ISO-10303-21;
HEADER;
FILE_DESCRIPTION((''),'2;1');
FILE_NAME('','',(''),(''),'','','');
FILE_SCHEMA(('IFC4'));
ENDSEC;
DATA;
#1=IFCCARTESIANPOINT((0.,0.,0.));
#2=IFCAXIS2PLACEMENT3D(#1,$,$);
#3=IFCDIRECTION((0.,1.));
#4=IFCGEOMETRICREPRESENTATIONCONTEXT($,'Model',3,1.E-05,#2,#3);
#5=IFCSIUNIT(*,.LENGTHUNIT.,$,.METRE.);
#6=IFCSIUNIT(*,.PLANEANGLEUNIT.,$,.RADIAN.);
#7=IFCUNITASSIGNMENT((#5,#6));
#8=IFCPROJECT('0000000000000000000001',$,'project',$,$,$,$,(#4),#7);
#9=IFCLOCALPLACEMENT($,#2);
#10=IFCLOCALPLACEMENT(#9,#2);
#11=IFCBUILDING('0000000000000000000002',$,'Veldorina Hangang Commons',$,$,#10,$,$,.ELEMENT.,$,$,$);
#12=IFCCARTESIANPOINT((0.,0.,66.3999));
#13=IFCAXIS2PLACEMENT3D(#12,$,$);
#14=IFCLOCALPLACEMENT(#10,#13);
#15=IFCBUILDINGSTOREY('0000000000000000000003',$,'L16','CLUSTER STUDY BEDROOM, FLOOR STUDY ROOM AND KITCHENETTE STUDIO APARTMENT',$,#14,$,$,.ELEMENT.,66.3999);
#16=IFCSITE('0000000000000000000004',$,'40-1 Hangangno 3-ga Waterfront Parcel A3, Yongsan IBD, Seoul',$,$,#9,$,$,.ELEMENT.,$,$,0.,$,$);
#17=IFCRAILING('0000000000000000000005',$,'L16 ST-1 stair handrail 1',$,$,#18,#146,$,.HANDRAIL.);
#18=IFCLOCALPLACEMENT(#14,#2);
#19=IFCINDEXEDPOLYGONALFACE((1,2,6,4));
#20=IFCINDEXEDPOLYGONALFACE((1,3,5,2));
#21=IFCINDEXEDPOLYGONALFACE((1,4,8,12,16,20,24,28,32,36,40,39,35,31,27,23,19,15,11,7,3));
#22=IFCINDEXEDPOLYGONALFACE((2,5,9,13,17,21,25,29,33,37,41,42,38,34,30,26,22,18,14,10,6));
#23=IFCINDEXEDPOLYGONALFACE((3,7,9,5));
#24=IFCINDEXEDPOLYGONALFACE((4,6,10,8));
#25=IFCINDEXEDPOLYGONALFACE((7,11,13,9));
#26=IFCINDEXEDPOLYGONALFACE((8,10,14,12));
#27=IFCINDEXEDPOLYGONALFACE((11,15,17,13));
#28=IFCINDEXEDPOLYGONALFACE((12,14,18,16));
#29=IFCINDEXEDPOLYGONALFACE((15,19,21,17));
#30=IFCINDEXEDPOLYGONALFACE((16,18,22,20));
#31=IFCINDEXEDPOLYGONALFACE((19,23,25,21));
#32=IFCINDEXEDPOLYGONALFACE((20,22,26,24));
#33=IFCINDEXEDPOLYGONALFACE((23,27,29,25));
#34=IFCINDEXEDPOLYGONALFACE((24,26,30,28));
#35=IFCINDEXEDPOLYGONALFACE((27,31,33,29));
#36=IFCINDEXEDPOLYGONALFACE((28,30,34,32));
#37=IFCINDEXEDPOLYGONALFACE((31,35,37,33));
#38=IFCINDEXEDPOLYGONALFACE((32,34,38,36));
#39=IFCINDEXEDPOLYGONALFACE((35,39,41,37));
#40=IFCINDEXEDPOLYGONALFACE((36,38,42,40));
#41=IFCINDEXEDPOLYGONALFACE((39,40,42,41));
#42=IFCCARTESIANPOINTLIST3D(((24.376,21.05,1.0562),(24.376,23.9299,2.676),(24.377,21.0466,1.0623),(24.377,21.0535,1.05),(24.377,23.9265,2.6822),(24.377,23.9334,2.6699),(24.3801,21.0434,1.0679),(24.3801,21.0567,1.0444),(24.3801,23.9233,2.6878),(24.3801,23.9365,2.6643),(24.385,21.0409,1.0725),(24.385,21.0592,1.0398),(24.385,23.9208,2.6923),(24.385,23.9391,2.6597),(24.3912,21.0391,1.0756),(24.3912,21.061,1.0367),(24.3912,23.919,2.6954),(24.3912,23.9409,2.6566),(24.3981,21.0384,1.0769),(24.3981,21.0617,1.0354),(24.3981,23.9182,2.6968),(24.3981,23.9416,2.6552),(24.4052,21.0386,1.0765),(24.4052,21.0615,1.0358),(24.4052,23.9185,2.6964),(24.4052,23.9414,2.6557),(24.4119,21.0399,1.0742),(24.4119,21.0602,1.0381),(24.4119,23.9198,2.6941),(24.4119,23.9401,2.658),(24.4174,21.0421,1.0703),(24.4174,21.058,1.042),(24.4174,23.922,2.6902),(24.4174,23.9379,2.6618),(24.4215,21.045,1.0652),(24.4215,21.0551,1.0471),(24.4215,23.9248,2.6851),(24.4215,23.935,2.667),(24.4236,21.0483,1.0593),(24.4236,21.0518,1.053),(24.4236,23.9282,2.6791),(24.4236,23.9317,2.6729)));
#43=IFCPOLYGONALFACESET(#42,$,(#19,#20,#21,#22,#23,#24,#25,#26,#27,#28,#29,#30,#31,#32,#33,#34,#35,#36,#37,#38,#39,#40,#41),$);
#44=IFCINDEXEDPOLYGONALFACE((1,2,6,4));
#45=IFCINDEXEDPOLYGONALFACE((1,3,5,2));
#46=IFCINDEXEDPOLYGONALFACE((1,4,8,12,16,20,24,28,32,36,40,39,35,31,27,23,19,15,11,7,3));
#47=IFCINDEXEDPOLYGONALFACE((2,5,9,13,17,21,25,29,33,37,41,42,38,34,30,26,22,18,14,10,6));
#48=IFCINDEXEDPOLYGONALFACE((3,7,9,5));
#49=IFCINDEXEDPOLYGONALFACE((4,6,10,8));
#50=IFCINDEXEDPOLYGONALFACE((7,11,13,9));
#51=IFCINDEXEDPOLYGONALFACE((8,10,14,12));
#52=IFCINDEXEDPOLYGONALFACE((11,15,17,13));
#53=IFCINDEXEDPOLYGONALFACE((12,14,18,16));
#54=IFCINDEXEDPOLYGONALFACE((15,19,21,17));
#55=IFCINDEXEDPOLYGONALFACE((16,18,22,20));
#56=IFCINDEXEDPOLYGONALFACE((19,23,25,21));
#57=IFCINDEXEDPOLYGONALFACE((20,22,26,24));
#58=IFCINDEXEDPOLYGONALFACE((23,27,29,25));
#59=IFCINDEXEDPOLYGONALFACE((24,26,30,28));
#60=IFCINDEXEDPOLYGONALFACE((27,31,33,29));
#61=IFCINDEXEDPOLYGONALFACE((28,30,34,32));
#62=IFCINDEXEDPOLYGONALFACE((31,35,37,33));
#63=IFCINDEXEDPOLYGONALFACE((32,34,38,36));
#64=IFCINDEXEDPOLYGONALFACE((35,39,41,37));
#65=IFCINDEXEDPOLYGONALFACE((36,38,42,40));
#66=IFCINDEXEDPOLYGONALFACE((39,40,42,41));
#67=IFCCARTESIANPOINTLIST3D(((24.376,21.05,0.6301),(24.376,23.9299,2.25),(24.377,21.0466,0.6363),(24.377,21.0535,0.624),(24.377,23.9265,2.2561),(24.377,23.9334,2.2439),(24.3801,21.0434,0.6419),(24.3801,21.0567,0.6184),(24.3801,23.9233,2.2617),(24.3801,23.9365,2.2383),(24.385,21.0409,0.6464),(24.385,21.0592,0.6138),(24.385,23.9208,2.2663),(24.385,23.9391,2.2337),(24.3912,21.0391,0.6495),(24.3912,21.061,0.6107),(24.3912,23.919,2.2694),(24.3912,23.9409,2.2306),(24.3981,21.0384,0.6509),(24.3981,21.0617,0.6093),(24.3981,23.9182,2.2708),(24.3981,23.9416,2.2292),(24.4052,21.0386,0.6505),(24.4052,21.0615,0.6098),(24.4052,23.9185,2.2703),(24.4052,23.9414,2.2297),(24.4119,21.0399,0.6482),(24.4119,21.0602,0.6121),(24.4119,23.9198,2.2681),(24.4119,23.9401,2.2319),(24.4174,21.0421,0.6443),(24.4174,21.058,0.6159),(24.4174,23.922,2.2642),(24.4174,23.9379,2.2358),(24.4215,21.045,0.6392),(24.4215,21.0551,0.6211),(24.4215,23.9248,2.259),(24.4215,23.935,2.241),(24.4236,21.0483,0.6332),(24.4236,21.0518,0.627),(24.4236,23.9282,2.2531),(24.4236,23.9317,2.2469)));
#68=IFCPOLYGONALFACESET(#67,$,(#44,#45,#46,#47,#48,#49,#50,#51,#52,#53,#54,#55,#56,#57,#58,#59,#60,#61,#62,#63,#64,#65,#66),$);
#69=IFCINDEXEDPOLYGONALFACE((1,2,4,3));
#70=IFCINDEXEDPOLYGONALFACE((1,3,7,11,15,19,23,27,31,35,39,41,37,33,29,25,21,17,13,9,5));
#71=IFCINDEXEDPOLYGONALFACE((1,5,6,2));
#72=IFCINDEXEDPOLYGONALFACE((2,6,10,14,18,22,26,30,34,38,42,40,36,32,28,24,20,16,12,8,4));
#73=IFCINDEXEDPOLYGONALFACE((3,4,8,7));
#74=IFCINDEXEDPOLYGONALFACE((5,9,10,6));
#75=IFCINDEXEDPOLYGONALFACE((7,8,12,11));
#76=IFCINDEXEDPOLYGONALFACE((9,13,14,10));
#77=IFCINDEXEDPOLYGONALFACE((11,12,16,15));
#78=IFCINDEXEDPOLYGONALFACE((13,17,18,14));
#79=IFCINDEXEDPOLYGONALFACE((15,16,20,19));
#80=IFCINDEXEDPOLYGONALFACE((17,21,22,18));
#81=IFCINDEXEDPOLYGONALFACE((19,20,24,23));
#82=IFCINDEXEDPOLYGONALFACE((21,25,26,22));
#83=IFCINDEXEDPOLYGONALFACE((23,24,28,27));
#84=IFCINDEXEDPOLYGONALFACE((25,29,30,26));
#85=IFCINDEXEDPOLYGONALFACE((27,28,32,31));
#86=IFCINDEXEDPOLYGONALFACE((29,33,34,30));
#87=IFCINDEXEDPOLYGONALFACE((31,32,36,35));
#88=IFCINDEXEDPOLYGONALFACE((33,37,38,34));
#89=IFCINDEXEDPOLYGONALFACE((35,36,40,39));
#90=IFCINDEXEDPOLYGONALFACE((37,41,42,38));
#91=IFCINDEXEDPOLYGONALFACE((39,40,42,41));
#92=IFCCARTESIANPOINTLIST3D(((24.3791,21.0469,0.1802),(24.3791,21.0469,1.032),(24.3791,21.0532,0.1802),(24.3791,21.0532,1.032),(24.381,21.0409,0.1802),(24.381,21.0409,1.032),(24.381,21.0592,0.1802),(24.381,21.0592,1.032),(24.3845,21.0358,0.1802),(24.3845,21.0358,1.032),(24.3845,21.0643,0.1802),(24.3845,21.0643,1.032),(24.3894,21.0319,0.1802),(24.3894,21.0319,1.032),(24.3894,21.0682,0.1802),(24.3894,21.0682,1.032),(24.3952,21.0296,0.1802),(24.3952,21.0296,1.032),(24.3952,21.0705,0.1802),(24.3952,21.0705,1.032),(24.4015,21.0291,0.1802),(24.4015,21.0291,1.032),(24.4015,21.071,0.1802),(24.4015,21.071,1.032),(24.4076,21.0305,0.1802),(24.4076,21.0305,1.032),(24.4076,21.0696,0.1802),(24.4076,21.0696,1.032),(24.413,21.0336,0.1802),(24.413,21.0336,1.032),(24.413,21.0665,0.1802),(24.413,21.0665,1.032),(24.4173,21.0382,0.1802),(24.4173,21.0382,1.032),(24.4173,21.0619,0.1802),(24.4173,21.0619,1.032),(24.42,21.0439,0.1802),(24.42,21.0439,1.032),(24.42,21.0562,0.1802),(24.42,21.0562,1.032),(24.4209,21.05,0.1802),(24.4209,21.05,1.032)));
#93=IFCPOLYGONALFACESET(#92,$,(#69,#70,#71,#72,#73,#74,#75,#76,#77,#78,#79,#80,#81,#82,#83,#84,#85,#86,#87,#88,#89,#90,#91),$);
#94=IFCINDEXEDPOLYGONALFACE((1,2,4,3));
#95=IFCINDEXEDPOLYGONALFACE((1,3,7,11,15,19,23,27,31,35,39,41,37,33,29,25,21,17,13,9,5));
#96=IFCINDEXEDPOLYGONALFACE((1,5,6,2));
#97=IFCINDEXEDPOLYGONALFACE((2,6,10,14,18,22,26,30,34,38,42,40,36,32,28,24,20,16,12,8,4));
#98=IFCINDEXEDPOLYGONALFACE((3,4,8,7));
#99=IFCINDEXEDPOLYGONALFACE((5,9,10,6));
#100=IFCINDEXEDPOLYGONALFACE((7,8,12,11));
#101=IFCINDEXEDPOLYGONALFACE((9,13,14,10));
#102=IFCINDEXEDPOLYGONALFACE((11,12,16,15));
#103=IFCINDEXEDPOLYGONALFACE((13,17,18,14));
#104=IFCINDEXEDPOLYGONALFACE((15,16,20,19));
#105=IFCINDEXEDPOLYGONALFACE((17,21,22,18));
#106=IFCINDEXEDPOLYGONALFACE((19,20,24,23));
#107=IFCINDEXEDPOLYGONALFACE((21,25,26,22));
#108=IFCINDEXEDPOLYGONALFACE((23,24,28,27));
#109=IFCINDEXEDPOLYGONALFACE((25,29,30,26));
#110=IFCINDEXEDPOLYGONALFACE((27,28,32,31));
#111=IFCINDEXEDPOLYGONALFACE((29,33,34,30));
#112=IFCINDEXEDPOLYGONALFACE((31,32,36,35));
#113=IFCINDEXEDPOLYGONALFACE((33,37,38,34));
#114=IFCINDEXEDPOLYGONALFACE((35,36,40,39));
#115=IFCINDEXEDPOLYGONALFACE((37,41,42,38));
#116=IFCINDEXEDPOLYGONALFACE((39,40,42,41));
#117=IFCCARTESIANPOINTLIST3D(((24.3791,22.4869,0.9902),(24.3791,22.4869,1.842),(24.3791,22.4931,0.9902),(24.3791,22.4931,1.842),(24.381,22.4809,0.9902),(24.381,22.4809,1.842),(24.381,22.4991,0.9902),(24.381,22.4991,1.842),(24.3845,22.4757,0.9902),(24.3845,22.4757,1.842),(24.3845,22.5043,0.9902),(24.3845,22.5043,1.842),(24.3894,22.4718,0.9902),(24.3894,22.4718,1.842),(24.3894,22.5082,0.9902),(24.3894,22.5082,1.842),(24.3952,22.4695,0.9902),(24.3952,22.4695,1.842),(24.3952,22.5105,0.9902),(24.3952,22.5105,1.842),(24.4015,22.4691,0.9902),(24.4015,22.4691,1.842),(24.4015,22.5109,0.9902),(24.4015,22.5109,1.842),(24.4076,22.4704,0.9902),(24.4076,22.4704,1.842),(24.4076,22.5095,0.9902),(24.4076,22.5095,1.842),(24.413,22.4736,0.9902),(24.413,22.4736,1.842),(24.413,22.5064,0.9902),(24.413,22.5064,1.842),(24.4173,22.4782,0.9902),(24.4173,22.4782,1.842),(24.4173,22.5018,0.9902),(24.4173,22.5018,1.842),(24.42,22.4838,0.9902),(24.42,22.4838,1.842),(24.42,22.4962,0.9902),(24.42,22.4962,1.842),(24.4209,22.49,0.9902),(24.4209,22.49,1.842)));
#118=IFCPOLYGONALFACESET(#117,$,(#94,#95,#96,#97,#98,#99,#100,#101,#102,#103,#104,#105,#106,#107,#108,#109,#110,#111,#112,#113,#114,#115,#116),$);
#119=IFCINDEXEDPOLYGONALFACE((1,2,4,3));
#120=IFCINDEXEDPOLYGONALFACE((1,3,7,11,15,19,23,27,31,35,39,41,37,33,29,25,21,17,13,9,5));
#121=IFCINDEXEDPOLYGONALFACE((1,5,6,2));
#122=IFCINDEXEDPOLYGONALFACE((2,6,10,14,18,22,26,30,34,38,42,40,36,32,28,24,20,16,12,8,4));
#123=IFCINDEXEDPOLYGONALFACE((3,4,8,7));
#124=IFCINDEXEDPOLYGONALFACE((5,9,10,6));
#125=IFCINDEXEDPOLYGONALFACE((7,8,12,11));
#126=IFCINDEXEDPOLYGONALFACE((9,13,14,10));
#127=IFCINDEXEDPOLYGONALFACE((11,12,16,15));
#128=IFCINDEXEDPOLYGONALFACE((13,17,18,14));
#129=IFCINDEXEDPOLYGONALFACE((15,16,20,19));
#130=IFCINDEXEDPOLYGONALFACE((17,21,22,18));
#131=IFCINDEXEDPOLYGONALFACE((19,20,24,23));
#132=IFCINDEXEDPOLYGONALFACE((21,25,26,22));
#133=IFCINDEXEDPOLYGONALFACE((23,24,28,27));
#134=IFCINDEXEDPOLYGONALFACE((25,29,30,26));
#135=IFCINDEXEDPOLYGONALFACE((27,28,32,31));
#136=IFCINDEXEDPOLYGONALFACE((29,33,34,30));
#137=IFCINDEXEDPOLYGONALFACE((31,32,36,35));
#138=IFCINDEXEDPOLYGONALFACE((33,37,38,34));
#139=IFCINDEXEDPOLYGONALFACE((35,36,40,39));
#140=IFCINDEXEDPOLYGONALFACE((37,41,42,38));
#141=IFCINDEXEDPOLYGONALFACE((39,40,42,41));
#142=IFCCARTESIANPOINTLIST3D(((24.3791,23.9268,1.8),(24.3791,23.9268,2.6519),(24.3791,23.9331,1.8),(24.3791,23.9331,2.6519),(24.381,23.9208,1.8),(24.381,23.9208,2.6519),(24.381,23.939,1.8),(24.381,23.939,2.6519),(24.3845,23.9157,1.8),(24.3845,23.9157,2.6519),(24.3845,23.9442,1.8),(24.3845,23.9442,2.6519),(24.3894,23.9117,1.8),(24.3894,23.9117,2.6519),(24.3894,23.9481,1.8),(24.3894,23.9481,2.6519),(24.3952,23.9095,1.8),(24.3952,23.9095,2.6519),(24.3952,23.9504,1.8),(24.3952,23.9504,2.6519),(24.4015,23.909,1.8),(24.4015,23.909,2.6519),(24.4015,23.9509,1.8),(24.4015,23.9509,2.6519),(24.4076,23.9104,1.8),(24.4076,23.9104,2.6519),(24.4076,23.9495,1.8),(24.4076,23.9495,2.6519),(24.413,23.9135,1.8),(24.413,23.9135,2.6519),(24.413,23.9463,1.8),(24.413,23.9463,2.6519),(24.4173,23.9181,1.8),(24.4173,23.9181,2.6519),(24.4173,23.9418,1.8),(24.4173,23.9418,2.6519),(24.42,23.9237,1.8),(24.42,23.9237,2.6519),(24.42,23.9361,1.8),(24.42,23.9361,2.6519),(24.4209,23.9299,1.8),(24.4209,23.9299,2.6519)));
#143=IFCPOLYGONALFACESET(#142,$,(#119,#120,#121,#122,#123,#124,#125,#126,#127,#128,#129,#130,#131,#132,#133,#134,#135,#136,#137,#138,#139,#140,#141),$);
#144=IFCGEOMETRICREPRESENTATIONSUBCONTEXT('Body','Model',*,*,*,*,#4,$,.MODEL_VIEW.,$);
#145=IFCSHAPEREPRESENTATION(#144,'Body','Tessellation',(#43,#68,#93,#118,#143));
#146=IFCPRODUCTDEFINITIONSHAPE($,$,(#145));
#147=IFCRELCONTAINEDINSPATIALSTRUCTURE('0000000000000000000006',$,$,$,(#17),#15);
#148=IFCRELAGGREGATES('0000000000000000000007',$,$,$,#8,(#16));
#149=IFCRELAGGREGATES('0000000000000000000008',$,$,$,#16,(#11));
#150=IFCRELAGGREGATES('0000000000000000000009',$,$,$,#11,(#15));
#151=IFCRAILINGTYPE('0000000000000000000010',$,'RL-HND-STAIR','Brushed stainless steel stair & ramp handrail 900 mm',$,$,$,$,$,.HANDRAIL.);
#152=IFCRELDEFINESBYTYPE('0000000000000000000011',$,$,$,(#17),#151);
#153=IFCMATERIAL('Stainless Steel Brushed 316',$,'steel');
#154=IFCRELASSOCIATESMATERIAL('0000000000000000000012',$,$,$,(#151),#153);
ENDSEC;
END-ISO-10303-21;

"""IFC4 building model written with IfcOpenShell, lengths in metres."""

from ifc_helpers import new_model, si_unit, direction, frame, origin, origin_2d, place, context, subcontext, project, spatial, circle, extrude, material, type_object, element, save


model = new_model("IFC4")

# Units and contexts
model_context = context("Model", 3, precision=1e-05, world=origin(), true_north=direction((0.0, 1.0)))
body_context = subcontext(model_context, "Body", "Model", "MODEL_VIEW")
ifc_project = project(units=[si_unit("LENGTHUNIT", "METRE"), si_unit("PLANEANGLEUNIT", "RADIAN")], contexts=[model_context])

# Site, building, storey
site_placement = place(None, origin())
site = spatial("IfcSite", under=ifc_project, at=site_placement, Name="40-1 Hangangno 3-ga Waterfront Parcel A3, Yongsan IBD, Seoul", CompositionType="ELEMENT", RefElevation=0.0)
building_placement = place(site_placement, origin())
building = spatial("IfcBuilding", under=site, at=building_placement, Name="Veldorina Hangang Commons", CompositionType="ELEMENT")
storey_placement = place(building_placement, frame((0.0, 0.0, 66.3999)))
storey = spatial("IfcBuildingStorey", under=building, at=storey_placement, Name="L16", Description="CLUSTER STUDY BEDROOM, FLOOR STUDY ROOM AND KITCHENETTE STUDIO APARTMENT", CompositionType="ELEMENT", Elevation=66.3999)

# Railing
ifc_material_1 = material(Name="Stainless Steel Brushed 316", Category="steel")
railing_type_1 = type_object("IfcRailingType", Name="RL-HND-STAIR", Description="Brushed stainless steel stair & ramp handrail 900 mm", PredefinedType="HANDRAIL", material=ifc_material_1)
railing_1_placement = place(storey_placement, frame((24.3999, 21.05, 0.1802)))
element("IfcRailing", 1, at=railing_1_placement, inside=storey, type_object=railing_type_1, Name="L16 ST-1 stair handrail 1", PredefinedType="HANDRAIL", context=body_context, shape_type="SweptSolid", body=[
    extrude(circle(Radius=0.0239, at=origin_2d()), frame((0.0, 0.0, 0.876), z_axis=(0.0, 0.871583, 0.490247), x_axis=(-1.0, 0.0, 0.0)), (0.0, 0.0, 1.0), 3.3042),
    extrude(circle(Radius=0.0239, at=origin_2d()), frame((0.0, 0.0, 0.45), z_axis=(0.0, 0.871583, 0.490247), x_axis=(-1.0, 0.0, 0.0)), (0.0, 0.0, 1.0), 3.3042),
    extrude(circle(Radius=0.021, at=origin_2d()), origin(), (0.0, 0.0, 1.0), 0.8518),
    extrude(circle(Radius=0.021, at=origin_2d()), frame((0.0, 1.4399, 0.8101)), (0.0, 0.0, 1.0), 0.8518),
    extrude(circle(Radius=0.021, at=origin_2d()), frame((0.0, 2.8799, 1.6199)), (0.0, 0.0, 1.0), 0.8518),
])

save(model, "model.ifc")
